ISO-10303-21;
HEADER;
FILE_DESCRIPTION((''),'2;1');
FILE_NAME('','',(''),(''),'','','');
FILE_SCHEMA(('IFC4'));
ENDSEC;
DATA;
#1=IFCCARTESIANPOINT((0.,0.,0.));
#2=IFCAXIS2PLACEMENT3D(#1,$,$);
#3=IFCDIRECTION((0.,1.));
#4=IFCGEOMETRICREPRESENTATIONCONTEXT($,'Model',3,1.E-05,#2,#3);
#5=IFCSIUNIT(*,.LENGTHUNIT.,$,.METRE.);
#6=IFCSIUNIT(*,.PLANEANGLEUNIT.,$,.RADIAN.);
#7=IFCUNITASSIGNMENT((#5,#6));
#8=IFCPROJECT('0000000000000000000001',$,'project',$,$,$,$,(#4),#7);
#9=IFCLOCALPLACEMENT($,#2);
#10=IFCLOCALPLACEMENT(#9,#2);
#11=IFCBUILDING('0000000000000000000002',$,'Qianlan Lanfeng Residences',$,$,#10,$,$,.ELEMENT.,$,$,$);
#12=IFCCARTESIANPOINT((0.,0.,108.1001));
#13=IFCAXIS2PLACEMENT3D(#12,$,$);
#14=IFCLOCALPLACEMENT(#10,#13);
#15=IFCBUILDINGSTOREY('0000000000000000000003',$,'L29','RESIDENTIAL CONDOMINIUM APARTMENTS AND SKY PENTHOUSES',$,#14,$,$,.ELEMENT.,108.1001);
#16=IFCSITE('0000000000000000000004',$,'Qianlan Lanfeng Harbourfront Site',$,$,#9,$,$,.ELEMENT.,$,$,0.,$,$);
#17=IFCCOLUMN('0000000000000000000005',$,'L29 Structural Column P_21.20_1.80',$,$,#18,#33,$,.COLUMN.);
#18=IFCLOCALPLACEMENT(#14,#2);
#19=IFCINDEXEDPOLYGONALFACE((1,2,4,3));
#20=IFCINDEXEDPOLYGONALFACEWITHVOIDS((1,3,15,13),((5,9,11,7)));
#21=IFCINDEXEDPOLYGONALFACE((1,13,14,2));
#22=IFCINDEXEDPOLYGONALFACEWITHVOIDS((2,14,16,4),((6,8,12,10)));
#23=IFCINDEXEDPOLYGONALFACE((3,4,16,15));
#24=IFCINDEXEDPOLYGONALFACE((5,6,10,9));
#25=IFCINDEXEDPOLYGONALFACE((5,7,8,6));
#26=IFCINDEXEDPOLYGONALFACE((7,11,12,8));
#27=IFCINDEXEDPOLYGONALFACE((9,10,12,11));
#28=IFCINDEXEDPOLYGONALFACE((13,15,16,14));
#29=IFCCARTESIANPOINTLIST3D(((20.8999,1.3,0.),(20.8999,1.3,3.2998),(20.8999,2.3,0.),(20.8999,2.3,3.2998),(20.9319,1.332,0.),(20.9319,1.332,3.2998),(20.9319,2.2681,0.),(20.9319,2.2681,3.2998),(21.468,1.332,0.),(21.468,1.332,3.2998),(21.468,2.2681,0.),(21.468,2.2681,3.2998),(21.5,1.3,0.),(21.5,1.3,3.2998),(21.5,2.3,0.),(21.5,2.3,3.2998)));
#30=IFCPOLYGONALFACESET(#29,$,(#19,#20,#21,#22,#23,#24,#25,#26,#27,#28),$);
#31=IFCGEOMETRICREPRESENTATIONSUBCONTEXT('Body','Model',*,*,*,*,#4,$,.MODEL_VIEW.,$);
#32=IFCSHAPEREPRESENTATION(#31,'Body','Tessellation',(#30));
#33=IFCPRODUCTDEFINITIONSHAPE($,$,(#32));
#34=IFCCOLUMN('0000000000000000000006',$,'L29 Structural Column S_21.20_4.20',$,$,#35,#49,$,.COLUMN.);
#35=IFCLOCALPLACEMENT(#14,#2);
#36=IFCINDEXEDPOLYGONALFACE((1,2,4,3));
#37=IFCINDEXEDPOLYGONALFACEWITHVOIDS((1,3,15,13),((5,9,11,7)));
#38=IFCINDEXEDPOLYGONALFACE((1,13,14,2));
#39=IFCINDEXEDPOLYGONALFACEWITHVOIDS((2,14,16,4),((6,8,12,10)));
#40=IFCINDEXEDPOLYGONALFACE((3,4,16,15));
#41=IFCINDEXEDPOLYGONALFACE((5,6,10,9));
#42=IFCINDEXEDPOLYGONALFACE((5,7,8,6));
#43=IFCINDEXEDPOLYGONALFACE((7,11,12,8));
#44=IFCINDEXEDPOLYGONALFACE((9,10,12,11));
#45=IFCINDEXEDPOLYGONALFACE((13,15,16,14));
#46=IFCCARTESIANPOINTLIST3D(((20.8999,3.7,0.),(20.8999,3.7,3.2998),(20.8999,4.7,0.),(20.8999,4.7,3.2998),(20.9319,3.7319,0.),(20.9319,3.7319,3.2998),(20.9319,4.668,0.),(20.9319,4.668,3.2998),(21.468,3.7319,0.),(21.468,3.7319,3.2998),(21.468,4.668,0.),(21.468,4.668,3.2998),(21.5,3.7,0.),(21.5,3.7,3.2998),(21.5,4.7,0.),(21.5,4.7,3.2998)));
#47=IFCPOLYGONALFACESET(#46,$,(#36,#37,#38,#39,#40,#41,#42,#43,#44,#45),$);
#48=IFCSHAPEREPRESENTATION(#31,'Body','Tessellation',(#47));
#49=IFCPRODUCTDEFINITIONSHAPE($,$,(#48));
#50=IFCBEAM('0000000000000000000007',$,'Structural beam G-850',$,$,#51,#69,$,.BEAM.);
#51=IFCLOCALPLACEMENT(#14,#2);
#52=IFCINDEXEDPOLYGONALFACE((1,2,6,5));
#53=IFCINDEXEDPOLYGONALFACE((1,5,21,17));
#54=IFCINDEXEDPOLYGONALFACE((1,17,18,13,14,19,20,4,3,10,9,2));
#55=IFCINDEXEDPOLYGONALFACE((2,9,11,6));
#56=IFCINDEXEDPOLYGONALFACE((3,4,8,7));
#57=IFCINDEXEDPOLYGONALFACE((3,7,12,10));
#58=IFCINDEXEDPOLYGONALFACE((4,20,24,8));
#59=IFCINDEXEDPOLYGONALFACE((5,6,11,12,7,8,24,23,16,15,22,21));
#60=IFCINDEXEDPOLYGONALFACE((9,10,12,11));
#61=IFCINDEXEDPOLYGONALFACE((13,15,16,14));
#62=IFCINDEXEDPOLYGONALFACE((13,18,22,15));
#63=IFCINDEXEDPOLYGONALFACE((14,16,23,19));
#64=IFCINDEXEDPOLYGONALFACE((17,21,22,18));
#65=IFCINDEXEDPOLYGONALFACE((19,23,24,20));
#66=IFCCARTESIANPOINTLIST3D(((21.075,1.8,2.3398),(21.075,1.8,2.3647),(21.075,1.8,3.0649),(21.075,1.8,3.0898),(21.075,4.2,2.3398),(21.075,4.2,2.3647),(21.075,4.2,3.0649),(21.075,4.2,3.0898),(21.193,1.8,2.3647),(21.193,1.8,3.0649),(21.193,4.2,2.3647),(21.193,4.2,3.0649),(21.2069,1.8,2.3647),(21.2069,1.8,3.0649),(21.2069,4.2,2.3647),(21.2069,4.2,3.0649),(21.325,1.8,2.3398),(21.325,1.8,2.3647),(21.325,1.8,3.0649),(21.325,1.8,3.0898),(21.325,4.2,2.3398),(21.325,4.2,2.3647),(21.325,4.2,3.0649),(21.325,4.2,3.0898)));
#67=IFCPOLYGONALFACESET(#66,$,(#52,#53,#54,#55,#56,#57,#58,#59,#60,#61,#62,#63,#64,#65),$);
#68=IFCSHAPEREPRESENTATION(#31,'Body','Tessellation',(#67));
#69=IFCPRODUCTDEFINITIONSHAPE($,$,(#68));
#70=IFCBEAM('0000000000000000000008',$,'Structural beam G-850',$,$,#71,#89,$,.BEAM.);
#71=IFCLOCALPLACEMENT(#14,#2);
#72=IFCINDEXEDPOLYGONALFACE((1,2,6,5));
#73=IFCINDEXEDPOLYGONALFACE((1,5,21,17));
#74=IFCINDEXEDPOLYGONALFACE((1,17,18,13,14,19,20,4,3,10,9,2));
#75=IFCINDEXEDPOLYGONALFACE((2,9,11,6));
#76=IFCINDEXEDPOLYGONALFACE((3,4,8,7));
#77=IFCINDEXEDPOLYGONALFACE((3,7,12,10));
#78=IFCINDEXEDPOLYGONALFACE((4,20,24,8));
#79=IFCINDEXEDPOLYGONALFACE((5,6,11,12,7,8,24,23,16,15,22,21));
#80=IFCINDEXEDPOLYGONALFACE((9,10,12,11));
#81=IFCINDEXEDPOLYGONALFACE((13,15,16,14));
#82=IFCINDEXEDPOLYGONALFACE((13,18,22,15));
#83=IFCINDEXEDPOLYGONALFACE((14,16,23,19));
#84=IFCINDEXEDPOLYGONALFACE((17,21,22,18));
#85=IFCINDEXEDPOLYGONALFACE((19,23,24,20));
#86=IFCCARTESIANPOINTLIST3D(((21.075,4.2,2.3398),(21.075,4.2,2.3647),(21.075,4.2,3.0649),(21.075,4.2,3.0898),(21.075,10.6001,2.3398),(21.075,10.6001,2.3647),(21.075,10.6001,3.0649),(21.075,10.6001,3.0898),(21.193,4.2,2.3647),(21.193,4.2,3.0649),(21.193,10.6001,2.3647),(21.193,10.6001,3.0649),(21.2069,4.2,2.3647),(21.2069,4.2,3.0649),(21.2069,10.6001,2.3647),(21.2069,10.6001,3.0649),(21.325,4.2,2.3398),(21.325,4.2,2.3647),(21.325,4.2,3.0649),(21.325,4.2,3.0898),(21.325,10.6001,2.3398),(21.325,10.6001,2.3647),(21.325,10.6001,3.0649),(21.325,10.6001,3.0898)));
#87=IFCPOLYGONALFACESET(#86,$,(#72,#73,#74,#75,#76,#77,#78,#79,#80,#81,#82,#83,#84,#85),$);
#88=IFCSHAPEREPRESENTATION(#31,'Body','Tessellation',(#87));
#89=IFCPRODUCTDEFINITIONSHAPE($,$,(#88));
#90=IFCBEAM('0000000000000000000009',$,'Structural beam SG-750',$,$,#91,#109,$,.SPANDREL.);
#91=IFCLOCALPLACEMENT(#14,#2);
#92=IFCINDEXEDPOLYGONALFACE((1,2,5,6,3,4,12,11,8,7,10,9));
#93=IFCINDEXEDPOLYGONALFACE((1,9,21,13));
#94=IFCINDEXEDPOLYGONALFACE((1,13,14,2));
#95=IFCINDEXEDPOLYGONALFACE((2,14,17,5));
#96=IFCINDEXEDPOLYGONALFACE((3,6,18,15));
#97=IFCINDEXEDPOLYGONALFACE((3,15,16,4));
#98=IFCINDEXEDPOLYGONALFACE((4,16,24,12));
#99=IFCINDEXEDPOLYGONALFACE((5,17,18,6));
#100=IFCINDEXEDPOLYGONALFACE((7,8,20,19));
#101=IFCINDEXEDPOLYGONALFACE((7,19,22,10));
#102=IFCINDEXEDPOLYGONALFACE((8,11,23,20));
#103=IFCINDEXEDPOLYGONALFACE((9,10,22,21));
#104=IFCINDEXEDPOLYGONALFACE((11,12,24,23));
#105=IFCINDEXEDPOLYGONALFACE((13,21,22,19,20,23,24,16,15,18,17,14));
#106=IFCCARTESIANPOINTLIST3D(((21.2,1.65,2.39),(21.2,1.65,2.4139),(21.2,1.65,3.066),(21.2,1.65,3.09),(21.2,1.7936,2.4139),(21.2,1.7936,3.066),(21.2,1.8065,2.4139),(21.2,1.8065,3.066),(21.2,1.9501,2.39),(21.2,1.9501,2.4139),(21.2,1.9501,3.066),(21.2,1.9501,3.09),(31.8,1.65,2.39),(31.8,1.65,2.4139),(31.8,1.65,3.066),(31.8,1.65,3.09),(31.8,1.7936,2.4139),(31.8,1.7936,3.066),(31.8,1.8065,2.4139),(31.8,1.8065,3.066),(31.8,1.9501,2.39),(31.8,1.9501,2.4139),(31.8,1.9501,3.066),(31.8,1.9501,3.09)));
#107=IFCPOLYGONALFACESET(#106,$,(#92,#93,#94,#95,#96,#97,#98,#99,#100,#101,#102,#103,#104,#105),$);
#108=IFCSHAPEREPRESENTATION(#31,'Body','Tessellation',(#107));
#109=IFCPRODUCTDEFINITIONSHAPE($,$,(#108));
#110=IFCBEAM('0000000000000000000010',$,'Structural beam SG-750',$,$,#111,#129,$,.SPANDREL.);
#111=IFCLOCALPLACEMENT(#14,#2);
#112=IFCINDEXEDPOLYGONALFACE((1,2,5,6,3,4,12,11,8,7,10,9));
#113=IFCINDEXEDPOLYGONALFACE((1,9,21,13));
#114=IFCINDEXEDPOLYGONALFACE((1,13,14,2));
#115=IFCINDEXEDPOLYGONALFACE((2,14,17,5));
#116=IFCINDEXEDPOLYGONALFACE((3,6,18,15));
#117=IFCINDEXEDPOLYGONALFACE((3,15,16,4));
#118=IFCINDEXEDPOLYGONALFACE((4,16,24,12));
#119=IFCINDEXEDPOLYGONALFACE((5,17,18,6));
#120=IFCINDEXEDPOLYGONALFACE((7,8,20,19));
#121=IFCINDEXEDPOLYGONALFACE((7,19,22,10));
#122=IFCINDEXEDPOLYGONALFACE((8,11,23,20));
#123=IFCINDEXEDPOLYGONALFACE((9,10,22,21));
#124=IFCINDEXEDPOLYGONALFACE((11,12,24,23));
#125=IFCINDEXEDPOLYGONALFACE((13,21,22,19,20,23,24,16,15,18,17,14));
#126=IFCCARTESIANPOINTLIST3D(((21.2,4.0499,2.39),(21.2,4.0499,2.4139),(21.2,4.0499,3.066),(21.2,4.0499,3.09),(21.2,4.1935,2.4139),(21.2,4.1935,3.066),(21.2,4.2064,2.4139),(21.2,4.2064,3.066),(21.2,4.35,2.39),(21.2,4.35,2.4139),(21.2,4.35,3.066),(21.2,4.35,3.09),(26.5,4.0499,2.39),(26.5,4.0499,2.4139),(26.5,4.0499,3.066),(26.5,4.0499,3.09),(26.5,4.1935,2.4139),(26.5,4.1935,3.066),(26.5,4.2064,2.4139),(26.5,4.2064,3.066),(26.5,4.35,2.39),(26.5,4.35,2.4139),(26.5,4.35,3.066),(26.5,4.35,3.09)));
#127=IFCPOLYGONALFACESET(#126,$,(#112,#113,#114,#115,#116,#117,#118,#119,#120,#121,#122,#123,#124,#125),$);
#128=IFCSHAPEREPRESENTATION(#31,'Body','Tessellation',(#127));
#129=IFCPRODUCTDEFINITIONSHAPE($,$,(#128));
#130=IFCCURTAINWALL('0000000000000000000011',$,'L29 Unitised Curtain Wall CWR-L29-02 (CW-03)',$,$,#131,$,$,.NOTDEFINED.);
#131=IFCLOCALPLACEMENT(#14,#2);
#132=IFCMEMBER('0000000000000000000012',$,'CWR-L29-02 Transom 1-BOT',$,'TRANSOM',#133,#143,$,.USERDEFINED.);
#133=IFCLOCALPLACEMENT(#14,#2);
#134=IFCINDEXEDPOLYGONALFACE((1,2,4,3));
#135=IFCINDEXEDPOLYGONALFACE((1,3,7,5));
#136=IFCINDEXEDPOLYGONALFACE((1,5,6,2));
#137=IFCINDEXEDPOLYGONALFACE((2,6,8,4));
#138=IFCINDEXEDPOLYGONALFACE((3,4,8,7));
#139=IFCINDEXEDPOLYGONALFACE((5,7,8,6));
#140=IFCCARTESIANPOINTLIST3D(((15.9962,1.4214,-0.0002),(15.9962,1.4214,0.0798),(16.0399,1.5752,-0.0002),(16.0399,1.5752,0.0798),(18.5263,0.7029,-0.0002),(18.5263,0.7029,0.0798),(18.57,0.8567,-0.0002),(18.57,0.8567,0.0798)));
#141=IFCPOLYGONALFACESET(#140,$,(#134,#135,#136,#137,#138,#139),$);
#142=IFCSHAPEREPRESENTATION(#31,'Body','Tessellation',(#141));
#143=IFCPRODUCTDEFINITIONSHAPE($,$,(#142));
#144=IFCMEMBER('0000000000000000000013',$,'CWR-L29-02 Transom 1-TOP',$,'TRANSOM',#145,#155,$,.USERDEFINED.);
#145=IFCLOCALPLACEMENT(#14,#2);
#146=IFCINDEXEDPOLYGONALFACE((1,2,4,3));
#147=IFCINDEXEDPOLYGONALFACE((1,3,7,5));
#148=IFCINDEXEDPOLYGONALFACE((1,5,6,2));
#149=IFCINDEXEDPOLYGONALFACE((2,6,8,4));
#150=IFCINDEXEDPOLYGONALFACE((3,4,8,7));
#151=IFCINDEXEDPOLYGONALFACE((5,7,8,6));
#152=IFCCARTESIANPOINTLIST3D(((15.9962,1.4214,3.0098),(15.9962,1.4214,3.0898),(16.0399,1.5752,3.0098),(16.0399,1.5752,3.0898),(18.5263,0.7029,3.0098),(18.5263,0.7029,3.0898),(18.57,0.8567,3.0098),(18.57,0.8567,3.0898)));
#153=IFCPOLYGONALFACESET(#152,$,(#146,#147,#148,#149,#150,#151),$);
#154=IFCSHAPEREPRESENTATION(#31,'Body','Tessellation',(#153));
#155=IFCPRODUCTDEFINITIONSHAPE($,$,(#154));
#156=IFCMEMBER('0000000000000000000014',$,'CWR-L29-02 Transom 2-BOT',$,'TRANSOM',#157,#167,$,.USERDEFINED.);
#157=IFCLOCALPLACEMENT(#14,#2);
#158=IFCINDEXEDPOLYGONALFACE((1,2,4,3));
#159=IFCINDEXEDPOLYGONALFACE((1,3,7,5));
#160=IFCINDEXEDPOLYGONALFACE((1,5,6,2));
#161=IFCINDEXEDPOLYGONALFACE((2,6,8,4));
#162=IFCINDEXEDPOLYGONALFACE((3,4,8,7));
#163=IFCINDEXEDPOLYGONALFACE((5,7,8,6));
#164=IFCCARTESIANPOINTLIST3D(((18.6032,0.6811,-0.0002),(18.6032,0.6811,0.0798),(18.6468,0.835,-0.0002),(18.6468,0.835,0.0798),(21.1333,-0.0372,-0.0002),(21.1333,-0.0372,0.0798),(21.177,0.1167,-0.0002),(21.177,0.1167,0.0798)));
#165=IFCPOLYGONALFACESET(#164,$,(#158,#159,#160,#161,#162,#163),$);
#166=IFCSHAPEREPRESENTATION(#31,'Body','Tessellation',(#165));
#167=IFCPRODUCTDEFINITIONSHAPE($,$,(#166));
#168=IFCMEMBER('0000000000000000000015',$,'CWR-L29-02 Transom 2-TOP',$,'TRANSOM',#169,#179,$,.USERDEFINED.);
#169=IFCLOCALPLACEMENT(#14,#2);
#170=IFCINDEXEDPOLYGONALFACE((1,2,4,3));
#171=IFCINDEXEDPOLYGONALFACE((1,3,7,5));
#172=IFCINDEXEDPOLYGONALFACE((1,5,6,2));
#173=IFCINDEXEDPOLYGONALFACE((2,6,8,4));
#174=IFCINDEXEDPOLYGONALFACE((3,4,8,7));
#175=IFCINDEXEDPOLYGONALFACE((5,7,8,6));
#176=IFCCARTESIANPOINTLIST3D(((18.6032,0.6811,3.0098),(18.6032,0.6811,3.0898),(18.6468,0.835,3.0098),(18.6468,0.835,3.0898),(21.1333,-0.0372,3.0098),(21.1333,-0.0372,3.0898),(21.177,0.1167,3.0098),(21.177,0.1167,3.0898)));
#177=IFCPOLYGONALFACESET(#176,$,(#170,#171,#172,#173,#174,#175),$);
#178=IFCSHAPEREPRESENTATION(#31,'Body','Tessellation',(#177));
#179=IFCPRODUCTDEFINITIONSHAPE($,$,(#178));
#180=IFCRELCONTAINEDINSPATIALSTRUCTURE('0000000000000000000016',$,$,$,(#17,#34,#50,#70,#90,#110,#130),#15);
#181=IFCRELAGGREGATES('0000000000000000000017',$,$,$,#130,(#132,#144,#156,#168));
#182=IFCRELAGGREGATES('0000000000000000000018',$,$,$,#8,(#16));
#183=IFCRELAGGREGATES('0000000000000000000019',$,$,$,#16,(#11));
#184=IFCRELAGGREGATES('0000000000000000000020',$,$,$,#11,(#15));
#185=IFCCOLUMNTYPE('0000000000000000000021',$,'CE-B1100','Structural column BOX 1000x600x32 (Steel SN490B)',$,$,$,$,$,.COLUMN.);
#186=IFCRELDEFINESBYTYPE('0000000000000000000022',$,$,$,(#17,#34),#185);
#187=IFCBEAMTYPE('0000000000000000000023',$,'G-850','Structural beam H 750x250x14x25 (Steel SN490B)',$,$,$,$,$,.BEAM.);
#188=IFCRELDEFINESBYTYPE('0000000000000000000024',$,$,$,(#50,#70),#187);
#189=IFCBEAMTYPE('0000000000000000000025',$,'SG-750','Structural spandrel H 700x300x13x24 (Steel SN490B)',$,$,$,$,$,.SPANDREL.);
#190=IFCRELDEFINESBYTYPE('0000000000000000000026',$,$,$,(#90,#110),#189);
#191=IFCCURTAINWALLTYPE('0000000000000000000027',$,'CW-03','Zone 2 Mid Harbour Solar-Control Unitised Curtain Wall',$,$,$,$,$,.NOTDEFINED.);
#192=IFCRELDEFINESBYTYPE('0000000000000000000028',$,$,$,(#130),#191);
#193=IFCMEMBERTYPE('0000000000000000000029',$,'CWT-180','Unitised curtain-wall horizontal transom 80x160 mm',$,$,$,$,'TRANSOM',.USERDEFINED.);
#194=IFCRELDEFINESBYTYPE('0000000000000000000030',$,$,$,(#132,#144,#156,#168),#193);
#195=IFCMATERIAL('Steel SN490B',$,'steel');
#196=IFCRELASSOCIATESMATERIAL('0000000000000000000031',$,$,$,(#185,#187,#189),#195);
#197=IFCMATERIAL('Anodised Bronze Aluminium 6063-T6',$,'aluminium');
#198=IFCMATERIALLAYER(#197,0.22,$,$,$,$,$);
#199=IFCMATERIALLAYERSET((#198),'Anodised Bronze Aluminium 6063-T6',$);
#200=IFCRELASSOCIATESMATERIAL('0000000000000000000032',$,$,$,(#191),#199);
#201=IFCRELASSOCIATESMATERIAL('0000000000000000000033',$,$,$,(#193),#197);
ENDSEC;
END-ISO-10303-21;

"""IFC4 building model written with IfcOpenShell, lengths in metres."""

from ifc_helpers import new_model, si_unit, direction, frame, origin, origin_2d, place, context, subcontext, project, spatial, rectangle, hollow_rectangle, i_section, extrude, source, transform, mapped, material, layer, layer_set, material_profile, profile_set, type_object, element, aggregate, save


model = new_model("IFC4")

# Units and contexts
model_context = context("Model", 3, precision=1e-05, world=origin(), true_north=direction((0.0, 1.0)))
body_context = subcontext(model_context, "Body", "Model", "MODEL_VIEW")
ifc_project = project(units=[si_unit("LENGTHUNIT", "METRE"), si_unit("PLANEANGLEUNIT", "RADIAN")], contexts=[model_context])

# Site, building, storey
site_placement = place(None, origin())
site = spatial("IfcSite", under=ifc_project, at=site_placement, Name="Qianlan Lanfeng Harbourfront Site", CompositionType="ELEMENT", RefElevation=0.0)
building_placement = place(site_placement, origin())
building = spatial("IfcBuilding", under=site, at=building_placement, Name="Qianlan Lanfeng Residences", CompositionType="ELEMENT")
storey_placement = place(building_placement, frame((0.0, 0.0, 108.1001)))
storey = spatial("IfcBuildingStorey", under=building, at=storey_placement, Name="L29", Description="RESIDENTIAL CONDOMINIUM APARTMENTS AND SKY PENTHOUSES", CompositionType="ELEMENT", Elevation=108.1001)

# Columns
ifc_material_1 = material(Name="Steel SN490B", Category="steel")
ifc_material_profile_1 = material_profile(ifc_material_1, hollow_rectangle(XDim=0.6001, YDim=1.0, WallThickness=0.032, at=origin_2d()), Name="BOX 1000x600x32")
ifc_profile_set_1 = profile_set([ifc_material_profile_1], Name="Steel SN490B")
column_type = type_object("IfcColumnType", Name="CE-B1100", Description="Structural column BOX 1000x600x32 (Steel SN490B)", PredefinedType="COLUMN", material=ifc_profile_set_1)
for number, where, z_axis, x_axis, name in (
    (1, (21.2, 1.8, 0.0), (0.0, 0.0, 1.0), (1.0, 0.0, 0.0), "L29 Structural Column P_21.20_1.80"),
    (2, (21.2, 4.2, 0.0), (0.0, 0.0, 1.0), (1.0, 0.0, 0.0), "L29 Structural Column S_21.20_4.20"),
):
    element("IfcColumn", number, at=place(storey_placement, frame(where, z_axis=z_axis, x_axis=x_axis)), inside=storey, type_object=column_type, Name=name, PredefinedType="COLUMN", context=body_context, shape_type="SweptSolid", body=[
        extrude(hollow_rectangle(XDim=0.6001, YDim=1.0, WallThickness=0.032, at=origin_2d()), origin(), (0.0, 0.0, 1.0), 3.2998),
    ])

# Beams
ifc_material_profile_2 = material_profile(ifc_material_1, i_section(OverallWidth=0.25, OverallDepth=0.75, WebThickness=0.0139, FlangeThickness=0.0249, at=origin_2d()), Name="H 750x250x14x25")
ifc_profile_set_2 = profile_set([ifc_material_profile_2], Name="Steel SN490B")
beam_type_1 = type_object("IfcBeamType", Name="G-850", Description="Structural beam H 750x250x14x25 (Steel SN490B)", PredefinedType="BEAM", material=ifc_profile_set_2)
beam_1_placement = place(storey_placement, frame((21.2, 1.8, 2.7148), z_axis=(0.0, 1.0, 0.0), x_axis=(-1.0, 0.0, 0.0)))
element("IfcBeam", 3, at=beam_1_placement, inside=storey, type_object=beam_type_1, Name="Structural beam G-850", PredefinedType="BEAM", context=body_context, shape_type="SweptSolid", body=[
    extrude(i_section(OverallWidth=0.25, OverallDepth=0.75, WebThickness=0.0139, FlangeThickness=0.0249, at=origin_2d()), origin(), (0.0, 0.0, 1.0), 2.3999),
])
beam_2_placement = place(storey_placement, frame((21.2, 4.2, 2.7148), z_axis=(0.0, 1.0, 0.0), x_axis=(-1.0, 0.0, 0.0)))
element("IfcBeam", 4, at=beam_2_placement, inside=storey, type_object=beam_type_1, Name="Structural beam G-850", PredefinedType="BEAM", context=body_context, shape_type="SweptSolid", body=[
    extrude(i_section(OverallWidth=0.25, OverallDepth=0.75, WebThickness=0.0139, FlangeThickness=0.0249, at=origin_2d()), origin(), (0.0, 0.0, 1.0), 6.4001),
])
ifc_material_profile_3 = material_profile(ifc_material_1, i_section(OverallWidth=0.3, OverallDepth=0.7, WebThickness=0.0129, FlangeThickness=0.0239, at=origin_2d()), Name="H 700x300x13x24")
ifc_profile_set_3 = profile_set([ifc_material_profile_3], Name="Steel SN490B")
beam_type_2 = type_object("IfcBeamType", Name="SG-750", Description="Structural spandrel H 700x300x13x24 (Steel SN490B)", PredefinedType="SPANDREL", material=ifc_profile_set_3)
beam_3_placement = place(storey_placement, frame((21.2, 1.8, 2.74), z_axis=(1.0, 0.0, 0.0), x_axis=(0.0, 1.0, 0.0)))
element("IfcBeam", 5, at=beam_3_placement, inside=storey, type_object=beam_type_2, Name="Structural beam SG-750", PredefinedType="SPANDREL", context=body_context, shape_type="SweptSolid", body=[
    extrude(i_section(OverallWidth=0.3, OverallDepth=0.7, WebThickness=0.0129, FlangeThickness=0.0239, at=origin_2d()), origin(), (0.0, 0.0, 1.0), 10.6001),
])
beam_4_placement = place(storey_placement, frame((21.2, 4.2, 2.74), z_axis=(1.0, 0.0, 0.0), x_axis=(0.0, 1.0, 0.0)))
element("IfcBeam", 6, at=beam_4_placement, inside=storey, type_object=beam_type_2, Name="Structural beam SG-750", PredefinedType="SPANDREL", context=body_context, shape_type="SweptSolid", body=[
    extrude(i_section(OverallWidth=0.3, OverallDepth=0.7, WebThickness=0.0129, FlangeThickness=0.0239, at=origin_2d()), origin(), (0.0, 0.0, 1.0), 5.3),
])

# Curtain wall, members
ifc_material_2 = material(Name="Anodised Bronze Aluminium 6063-T6", Category="aluminium")
ifc_layer_1 = layer(ifc_material_2, 0.22)
ifc_layer_set_1 = layer_set([ifc_layer_1], Name="Anodised Bronze Aluminium 6063-T6")
curtain_wall_type = type_object("IfcCurtainWallType", Name="CW-03", Description="Zone 2 Mid Harbour Solar-Control Unitised Curtain Wall", PredefinedType="NOTDEFINED", material=ifc_layer_set_1)
curtain_wall_placement = place(storey_placement, origin())
curtain_wall = element("IfcCurtainWall", 7, at=curtain_wall_placement, inside=storey, type_object=curtain_wall_type, Name="L29 Unitised Curtain Wall CWR-L29-02 (CW-03)", PredefinedType="NOTDEFINED")
ifc_material_profile_4 = material_profile(ifc_material_2, rectangle(XDim=0.0801, YDim=0.1599, at=origin_2d()), Name="ALU TRANSOM 80x160")
ifc_profile_set_4 = profile_set([ifc_material_profile_4], Name="Anodised Bronze Aluminium 6063-T6")
member_type_1 = type_object("IfcMemberType", Name="CWT-180", Description="Unitised curtain-wall horizontal transom 80x160 mm", ElementType="TRANSOM", PredefinedType="USERDEFINED", material=ifc_profile_set_4)
shared_shape_1 = source(origin(), body_context, "Body", "SweptSolid", [
    extrude(rectangle(XDim=0.0801, YDim=0.1599, at=origin_2d()), origin(), (0.0, 0.0, 1.0), 2.6301),
])
member_1_placement = place(storey_placement, frame((16.0181, 1.4983, 0.0398), z_axis=(0.961961, -0.273188, 0.0), x_axis=(0.0, 0.0, 1.0)))
member_1 = element("IfcMember", 8, at=member_1_placement, type_object=member_type_1, Name="CWR-L29-02 Transom 1-BOT", ObjectType="TRANSOM", PredefinedType="USERDEFINED", context=body_context, shape_type="MappedRepresentation", body=[
    mapped(shared_shape_1, transform((0.0, 0.0, 0.0), scale=1.0)),
])
member_2_placement = place(storey_placement, frame((16.0181, 1.4983, 3.0498), z_axis=(0.961961, -0.273188, 0.0), x_axis=(0.0, 0.0, 1.0)))
member_2 = element("IfcMember", 9, at=member_2_placement, type_object=member_type_1, Name="CWR-L29-02 Transom 1-TOP", ObjectType="TRANSOM", PredefinedType="USERDEFINED", context=body_context, shape_type="MappedRepresentation", body=[
    mapped(shared_shape_1, transform((0.0, 0.0, 0.0), scale=1.0)),
])
member_3_placement = place(storey_placement, frame((18.625, 0.7581, 0.0398), z_axis=(0.961985, -0.273102, 0.0), x_axis=(0.0, 0.0, 1.0)))
member_3 = element("IfcMember", 10, at=member_3_placement, type_object=member_type_1, Name="CWR-L29-02 Transom 2-BOT", ObjectType="TRANSOM", PredefinedType="USERDEFINED", context=body_context, shape_type="MappedRepresentation", body=[
    mapped(shared_shape_1, transform((0.0, 0.0, 0.0), scale=1.0)),
])
member_4_placement = place(storey_placement, frame((18.625, 0.7581, 3.0498), z_axis=(0.961985, -0.273102, 0.0), x_axis=(0.0, 0.0, 1.0)))
member_4 = element("IfcMember", 11, at=member_4_placement, type_object=member_type_1, Name="CWR-L29-02 Transom 2-TOP", ObjectType="TRANSOM", PredefinedType="USERDEFINED", context=body_context, shape_type="MappedRepresentation", body=[
    mapped(shared_shape_1, transform((0.0, 0.0, 0.0), scale=1.0)),
])
aggregate(curtain_wall, [member_1, member_2, member_3, member_4])

save(model, "model.ifc")
